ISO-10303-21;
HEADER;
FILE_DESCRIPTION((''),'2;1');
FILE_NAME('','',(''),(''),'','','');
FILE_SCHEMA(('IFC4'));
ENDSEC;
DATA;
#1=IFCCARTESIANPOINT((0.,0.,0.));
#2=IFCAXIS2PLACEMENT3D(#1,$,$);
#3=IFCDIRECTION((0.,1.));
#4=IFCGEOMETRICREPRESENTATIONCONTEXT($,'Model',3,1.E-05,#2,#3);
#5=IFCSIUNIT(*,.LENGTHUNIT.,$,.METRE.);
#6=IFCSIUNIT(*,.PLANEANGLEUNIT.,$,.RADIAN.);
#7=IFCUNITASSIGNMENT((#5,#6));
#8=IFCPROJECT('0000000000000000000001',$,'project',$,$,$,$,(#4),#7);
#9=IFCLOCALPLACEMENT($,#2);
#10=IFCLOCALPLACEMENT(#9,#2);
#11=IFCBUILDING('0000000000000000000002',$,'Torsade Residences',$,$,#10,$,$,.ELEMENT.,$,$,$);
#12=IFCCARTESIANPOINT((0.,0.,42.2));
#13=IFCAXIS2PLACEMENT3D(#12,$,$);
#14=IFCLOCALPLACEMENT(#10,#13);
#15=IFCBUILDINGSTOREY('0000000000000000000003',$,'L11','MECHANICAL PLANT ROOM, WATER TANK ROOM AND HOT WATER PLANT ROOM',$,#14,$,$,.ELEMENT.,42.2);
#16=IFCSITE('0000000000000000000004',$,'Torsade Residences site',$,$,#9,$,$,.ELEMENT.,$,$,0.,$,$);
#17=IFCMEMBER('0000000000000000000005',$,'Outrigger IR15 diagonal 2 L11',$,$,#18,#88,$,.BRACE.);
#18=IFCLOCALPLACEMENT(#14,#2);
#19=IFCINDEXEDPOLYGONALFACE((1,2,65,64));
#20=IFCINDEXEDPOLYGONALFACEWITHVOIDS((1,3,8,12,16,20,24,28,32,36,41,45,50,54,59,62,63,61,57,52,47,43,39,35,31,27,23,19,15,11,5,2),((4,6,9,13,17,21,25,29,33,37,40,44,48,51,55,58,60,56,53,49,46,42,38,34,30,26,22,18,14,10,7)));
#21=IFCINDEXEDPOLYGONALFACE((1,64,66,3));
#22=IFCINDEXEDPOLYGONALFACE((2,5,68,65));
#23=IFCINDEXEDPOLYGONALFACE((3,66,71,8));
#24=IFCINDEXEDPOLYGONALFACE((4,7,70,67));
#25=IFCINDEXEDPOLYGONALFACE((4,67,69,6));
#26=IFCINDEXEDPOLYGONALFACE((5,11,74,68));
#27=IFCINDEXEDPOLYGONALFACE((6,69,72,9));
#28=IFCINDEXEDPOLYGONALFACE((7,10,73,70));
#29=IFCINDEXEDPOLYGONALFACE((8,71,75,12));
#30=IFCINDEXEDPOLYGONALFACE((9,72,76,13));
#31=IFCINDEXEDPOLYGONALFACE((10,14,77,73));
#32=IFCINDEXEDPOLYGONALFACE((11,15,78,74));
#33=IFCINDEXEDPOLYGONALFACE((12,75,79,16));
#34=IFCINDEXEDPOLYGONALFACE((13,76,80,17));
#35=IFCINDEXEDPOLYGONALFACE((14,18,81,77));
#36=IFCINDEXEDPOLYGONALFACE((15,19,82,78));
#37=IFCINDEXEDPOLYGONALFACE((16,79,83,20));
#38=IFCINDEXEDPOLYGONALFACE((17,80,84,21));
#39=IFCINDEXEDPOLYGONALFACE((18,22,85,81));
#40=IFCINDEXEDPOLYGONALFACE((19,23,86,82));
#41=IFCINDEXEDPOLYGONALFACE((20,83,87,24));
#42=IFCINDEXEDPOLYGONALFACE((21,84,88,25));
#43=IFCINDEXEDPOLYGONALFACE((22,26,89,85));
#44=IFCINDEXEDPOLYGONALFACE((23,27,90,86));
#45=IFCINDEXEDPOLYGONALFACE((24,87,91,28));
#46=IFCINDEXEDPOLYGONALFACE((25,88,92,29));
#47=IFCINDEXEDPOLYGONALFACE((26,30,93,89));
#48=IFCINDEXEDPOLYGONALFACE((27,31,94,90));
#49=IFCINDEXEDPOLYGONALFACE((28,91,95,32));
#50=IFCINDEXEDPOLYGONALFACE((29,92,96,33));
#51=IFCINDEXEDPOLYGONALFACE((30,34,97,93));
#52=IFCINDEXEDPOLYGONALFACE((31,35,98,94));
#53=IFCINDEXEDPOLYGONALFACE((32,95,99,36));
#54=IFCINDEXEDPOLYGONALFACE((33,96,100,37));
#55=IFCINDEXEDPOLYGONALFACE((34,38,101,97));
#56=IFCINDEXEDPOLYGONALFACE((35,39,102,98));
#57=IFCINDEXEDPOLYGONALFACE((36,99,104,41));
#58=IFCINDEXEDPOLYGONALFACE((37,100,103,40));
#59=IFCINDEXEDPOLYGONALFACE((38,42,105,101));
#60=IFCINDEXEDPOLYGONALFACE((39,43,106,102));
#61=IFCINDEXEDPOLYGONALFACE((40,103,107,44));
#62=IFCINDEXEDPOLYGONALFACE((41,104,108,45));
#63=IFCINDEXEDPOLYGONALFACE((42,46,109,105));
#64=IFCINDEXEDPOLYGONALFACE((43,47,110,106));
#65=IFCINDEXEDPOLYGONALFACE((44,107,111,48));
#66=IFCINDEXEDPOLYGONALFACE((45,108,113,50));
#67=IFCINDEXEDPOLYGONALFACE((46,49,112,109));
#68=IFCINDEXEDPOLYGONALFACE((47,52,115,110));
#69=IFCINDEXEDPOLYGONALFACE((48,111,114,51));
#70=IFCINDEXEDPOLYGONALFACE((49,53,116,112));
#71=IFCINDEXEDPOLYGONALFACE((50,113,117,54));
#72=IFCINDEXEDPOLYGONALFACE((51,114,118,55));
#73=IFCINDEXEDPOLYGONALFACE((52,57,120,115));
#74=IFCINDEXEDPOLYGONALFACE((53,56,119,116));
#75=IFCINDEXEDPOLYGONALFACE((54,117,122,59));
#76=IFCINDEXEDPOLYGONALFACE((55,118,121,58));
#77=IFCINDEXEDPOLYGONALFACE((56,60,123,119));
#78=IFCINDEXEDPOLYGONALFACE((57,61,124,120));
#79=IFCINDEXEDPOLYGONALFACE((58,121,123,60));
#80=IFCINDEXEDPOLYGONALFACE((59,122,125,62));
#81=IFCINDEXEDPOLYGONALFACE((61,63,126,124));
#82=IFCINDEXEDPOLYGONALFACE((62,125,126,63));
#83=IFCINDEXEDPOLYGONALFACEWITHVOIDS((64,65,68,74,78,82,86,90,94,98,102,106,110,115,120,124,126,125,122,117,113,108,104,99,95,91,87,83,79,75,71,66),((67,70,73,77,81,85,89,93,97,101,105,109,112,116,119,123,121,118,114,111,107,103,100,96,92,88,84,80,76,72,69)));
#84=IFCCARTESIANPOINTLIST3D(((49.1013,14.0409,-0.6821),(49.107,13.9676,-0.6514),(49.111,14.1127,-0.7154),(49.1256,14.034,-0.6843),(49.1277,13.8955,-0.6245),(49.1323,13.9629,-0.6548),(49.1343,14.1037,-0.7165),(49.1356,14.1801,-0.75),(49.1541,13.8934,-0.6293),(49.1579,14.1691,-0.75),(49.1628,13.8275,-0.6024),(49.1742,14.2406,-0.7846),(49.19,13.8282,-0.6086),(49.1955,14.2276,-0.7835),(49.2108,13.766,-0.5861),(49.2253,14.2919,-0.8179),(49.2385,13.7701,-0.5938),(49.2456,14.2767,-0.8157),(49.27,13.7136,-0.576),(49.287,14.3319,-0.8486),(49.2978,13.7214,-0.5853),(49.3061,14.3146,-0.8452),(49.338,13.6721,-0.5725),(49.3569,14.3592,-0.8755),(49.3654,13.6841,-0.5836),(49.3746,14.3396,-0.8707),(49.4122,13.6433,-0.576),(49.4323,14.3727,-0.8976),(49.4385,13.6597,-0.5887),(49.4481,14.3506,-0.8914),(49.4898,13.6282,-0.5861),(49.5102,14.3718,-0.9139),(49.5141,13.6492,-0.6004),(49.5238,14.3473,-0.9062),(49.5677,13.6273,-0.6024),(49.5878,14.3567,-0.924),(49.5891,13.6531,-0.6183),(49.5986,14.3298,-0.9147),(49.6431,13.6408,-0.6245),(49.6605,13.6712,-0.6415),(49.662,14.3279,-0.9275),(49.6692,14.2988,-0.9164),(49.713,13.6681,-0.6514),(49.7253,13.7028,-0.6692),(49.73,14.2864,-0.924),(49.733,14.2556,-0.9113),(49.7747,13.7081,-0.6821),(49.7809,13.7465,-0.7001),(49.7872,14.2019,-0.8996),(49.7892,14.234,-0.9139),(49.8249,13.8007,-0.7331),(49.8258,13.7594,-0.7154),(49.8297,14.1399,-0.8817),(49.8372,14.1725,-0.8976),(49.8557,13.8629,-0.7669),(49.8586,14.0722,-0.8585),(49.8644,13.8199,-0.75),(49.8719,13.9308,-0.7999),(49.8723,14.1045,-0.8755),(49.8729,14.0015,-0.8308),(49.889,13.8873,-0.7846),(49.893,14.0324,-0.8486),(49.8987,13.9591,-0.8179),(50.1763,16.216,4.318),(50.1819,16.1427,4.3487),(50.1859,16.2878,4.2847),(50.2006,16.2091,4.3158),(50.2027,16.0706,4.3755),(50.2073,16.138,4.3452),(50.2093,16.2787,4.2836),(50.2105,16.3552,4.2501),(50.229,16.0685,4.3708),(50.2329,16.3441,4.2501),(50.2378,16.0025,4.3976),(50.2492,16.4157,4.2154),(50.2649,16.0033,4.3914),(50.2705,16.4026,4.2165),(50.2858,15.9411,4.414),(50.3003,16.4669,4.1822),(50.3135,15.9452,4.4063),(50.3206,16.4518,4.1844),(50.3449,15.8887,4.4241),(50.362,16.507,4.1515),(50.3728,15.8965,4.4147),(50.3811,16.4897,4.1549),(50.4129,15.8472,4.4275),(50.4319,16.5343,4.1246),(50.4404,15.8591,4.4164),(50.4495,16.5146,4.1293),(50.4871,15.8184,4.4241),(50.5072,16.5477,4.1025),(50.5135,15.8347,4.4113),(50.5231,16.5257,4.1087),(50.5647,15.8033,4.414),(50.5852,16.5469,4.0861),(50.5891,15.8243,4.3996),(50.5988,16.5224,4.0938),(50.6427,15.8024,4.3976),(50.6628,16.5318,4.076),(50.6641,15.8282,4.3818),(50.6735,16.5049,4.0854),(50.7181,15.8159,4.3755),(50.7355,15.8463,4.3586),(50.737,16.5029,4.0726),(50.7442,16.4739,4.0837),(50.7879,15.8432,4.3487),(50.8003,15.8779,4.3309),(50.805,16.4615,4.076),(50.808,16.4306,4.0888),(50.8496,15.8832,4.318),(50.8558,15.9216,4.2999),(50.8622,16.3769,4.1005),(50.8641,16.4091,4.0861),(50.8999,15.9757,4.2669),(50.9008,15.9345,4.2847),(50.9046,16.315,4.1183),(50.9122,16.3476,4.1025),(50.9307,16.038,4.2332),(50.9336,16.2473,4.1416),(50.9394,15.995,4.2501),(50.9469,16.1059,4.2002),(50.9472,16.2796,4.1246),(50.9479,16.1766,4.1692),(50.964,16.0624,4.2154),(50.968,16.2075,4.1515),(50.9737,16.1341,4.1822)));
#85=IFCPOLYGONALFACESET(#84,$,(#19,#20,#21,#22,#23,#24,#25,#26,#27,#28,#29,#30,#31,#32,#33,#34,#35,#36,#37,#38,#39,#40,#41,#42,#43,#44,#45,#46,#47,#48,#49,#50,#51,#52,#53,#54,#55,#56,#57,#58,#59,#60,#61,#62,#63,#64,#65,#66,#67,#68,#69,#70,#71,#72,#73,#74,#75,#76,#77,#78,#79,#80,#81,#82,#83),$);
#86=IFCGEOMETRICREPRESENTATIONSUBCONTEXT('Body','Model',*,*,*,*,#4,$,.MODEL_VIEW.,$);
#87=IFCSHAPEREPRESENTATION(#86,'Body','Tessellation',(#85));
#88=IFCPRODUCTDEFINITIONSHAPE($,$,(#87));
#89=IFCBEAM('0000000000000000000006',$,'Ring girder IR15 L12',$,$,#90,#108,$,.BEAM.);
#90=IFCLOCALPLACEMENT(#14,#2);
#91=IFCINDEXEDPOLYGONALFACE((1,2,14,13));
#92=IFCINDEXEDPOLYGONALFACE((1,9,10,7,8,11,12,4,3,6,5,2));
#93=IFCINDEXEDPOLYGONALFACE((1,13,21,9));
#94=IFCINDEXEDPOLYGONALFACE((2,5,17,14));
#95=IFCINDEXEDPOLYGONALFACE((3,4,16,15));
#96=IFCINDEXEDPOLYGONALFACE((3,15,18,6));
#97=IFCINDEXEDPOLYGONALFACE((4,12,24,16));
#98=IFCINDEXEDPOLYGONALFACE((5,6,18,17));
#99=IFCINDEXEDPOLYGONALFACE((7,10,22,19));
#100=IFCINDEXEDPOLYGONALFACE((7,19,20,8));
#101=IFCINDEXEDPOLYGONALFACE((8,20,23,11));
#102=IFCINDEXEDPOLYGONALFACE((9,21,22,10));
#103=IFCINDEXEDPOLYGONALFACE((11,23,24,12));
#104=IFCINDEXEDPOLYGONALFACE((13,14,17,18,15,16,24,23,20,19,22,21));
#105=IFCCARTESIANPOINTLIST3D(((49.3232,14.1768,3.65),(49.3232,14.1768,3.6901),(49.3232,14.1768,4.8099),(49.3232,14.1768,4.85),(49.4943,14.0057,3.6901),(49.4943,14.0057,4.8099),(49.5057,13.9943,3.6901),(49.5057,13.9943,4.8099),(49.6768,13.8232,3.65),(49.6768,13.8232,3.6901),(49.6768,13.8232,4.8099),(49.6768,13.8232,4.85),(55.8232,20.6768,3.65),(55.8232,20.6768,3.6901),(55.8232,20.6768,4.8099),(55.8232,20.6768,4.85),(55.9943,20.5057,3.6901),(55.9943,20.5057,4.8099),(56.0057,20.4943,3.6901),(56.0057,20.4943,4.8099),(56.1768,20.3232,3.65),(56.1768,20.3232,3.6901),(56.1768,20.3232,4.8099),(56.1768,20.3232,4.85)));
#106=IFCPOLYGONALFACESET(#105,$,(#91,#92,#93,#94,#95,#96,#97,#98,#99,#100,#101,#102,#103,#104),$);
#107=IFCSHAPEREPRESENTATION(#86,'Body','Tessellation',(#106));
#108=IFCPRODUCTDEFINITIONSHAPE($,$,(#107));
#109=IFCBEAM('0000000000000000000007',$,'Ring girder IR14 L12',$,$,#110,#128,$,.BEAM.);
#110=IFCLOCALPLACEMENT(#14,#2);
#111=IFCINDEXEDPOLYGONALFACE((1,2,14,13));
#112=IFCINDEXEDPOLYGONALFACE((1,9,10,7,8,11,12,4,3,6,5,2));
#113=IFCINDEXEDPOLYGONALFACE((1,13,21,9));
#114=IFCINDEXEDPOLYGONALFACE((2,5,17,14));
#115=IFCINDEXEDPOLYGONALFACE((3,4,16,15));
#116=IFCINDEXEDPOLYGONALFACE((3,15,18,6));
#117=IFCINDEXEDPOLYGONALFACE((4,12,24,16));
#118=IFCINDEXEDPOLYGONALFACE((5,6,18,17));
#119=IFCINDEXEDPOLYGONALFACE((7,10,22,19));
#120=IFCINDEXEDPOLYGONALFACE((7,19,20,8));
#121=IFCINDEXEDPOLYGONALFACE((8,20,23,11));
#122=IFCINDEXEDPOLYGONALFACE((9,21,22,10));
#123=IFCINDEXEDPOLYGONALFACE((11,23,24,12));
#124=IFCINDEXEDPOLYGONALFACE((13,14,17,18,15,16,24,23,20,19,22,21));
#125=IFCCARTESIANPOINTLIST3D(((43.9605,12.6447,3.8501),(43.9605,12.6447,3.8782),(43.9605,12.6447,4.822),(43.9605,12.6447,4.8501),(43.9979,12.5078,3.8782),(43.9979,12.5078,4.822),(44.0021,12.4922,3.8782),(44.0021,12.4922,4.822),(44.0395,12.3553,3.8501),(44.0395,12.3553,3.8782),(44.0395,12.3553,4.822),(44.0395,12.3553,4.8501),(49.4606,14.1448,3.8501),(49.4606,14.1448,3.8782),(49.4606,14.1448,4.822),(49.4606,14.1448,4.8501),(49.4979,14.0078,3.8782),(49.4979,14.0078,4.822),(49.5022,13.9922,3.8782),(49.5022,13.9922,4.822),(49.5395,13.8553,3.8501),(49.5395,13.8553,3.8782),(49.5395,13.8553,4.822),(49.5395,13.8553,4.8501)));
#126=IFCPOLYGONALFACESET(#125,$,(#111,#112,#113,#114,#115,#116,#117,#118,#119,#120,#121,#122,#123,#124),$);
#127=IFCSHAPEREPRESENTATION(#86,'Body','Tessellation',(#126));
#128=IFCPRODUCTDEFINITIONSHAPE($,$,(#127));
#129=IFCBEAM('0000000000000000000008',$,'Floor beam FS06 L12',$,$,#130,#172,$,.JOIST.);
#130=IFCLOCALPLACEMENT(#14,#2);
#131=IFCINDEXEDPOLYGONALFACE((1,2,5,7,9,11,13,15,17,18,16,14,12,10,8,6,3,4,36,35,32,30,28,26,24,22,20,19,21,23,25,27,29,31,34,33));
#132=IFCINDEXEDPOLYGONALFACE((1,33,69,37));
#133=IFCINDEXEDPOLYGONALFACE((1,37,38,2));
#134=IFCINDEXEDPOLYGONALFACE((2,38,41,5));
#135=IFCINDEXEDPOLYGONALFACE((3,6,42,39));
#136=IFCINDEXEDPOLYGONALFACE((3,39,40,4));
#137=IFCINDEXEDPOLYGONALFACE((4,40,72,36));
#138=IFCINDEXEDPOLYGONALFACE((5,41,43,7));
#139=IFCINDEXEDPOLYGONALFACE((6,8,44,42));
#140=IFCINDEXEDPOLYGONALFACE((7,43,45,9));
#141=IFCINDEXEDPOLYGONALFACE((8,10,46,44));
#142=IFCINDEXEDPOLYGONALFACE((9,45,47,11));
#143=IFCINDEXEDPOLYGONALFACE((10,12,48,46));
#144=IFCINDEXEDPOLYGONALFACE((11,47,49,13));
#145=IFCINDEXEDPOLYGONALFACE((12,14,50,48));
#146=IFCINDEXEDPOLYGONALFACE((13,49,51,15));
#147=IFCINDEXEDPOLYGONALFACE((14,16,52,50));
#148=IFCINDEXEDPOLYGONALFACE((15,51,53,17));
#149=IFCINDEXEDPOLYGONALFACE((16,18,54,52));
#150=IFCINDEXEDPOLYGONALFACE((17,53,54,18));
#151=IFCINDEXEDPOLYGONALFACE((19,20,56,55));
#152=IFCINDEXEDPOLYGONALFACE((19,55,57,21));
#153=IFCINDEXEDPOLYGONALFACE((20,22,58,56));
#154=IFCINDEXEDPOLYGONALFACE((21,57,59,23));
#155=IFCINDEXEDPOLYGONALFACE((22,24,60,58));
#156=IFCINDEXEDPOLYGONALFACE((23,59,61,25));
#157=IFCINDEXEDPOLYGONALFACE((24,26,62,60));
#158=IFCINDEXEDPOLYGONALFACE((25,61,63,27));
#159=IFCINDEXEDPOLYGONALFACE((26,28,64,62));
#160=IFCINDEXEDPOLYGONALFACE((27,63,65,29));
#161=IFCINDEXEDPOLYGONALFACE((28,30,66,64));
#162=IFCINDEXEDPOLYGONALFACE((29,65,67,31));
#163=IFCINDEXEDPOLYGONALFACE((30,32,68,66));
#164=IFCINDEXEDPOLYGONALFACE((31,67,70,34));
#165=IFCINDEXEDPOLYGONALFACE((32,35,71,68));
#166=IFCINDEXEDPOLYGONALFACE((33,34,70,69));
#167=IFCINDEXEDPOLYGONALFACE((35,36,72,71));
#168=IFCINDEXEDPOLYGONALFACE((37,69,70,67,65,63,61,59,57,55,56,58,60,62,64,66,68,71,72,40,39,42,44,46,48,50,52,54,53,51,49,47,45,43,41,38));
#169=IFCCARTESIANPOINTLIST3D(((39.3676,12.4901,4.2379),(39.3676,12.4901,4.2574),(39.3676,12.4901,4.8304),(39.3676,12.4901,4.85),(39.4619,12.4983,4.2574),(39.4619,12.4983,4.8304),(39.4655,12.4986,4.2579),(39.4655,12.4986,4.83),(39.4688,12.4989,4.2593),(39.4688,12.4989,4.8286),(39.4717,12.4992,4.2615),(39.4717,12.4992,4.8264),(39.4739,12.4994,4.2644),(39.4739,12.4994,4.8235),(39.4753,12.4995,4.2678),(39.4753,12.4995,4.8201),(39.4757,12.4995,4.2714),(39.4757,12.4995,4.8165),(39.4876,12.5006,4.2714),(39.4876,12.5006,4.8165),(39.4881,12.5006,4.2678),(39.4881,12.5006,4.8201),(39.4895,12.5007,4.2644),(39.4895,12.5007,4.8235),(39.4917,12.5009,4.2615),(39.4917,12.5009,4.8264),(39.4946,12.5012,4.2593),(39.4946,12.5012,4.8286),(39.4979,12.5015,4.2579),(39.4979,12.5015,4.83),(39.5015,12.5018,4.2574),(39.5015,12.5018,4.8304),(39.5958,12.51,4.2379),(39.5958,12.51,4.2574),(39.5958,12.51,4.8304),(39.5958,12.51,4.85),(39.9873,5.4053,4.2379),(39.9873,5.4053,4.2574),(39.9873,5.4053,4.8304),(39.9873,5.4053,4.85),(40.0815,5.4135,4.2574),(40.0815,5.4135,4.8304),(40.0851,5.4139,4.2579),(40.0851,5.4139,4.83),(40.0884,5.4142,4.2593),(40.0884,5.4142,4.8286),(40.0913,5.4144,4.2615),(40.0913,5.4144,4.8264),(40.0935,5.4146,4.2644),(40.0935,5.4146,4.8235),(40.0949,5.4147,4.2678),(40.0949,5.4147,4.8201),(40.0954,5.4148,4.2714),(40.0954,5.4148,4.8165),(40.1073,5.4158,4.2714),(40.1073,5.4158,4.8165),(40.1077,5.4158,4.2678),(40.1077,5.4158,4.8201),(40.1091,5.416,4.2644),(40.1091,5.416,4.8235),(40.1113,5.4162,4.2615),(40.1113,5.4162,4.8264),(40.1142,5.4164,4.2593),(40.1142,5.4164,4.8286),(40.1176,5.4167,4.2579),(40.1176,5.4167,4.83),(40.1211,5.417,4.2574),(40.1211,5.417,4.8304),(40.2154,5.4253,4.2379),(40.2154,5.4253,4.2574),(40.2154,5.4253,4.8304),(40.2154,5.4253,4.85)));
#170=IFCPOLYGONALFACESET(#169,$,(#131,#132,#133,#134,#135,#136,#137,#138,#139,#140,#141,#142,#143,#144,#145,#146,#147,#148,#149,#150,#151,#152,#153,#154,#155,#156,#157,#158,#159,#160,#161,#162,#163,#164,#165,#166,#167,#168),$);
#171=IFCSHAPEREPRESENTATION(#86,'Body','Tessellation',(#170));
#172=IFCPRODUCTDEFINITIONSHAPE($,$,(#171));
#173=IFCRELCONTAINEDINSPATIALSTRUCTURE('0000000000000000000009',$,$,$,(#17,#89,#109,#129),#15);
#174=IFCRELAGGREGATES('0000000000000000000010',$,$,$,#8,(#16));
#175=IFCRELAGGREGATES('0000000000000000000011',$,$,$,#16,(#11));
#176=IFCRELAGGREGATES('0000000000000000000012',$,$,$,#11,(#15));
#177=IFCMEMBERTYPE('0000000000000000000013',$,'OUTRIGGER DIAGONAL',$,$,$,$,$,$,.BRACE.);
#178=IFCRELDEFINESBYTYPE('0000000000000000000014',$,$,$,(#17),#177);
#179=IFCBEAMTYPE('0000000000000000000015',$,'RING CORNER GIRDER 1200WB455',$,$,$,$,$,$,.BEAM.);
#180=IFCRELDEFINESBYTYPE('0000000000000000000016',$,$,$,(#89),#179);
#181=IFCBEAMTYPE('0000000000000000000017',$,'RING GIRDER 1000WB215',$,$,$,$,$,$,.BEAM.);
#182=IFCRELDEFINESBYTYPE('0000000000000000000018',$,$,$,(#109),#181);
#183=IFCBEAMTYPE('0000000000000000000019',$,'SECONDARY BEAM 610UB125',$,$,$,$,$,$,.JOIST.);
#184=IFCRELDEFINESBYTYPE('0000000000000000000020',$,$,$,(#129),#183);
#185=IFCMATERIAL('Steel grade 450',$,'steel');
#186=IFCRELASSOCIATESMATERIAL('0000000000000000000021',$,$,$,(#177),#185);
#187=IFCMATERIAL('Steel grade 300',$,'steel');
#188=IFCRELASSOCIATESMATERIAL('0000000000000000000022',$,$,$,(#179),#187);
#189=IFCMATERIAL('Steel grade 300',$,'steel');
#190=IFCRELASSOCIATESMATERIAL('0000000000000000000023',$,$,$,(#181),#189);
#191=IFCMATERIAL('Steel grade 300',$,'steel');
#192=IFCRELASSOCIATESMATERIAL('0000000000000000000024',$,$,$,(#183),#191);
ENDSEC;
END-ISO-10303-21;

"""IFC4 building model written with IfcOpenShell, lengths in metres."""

from ifc_helpers import new_model, si_unit, direction, frame, origin, origin_2d, place, context, subcontext, project, spatial, hollow_circle, i_section, extrude, material, material_profile, profile_set, type_object, element, save


model = new_model("IFC4")

# Units and contexts
model_context = context("Model", 3, precision=1e-05, world=origin(), true_north=direction((0.0, 1.0)))
body_context = subcontext(model_context, "Body", "Model", "MODEL_VIEW")
ifc_project = project(units=[si_unit("LENGTHUNIT", "METRE"), si_unit("PLANEANGLEUNIT", "RADIAN")], contexts=[model_context])

# Site, building, storey
site_placement = place(None, origin())
site = spatial("IfcSite", under=ifc_project, at=site_placement, Name="Torsade Residences site", CompositionType="ELEMENT", RefElevation=0.0)
building_placement = place(site_placement, origin())
building = spatial("IfcBuilding", under=site, at=building_placement, Name="Torsade Residences", CompositionType="ELEMENT")
storey_placement = place(building_placement, frame((0.0, 0.0, 42.2)))
storey = spatial("IfcBuildingStorey", under=building, at=storey_placement, Name="L11", Description="MECHANICAL PLANT ROOM, WATER TANK ROOM AND HOT WATER PLANT ROOM", CompositionType="ELEMENT", Elevation=42.2)

# Member
ifc_material_1 = material(Name="Steel grade 450", Category="steel")
ifc_material_profile_1 = material_profile(ifc_material_1, hollow_circle(Radius=0.4065, WallThickness=0.0249, at=origin_2d()), Name="813.0x25.0CHS")
ifc_profile_set_1 = profile_set([ifc_material_profile_1], Name="Steel grade 450")
member_type_1 = type_object("IfcMemberType", Name="OUTRIGGER DIAGONAL", PredefinedType="BRACE", material=ifc_profile_set_1)
member_1_placement = place(storey_placement, frame((49.5, 14.0, -0.75), z_axis=(0.193422, 0.391368, 0.899677), x_axis=(-0.896491, 0.443063, 0.0)))
element("IfcMember", 1, at=member_1_placement, inside=storey, type_object=member_type_1, Name="Outrigger IR15 diagonal 2 L11", PredefinedType="BRACE", context=body_context, shape_type="SweptSolid", body=[
    extrude(hollow_circle(Radius=0.4065, WallThickness=0.0249, at=origin_2d()), origin(), (0.0, 0.0, 1.0), 5.5576),
])

# Beams
ifc_material_2 = material(Name="Steel grade 300", Category="steel")
ifc_material_profile_2 = material_profile(ifc_material_2, i_section(OverallWidth=0.5, OverallDepth=1.2, WebThickness=0.0161, FlangeThickness=0.04, at=origin_2d()), Name="1200WB455")
ifc_profile_set_2 = profile_set([ifc_material_profile_2], Name="Steel grade 300")
beam_type_1 = type_object("IfcBeamType", Name="RING CORNER GIRDER 1200WB455", PredefinedType="BEAM", material=ifc_profile_set_2)
beam_1_placement = place(storey_placement, frame((49.5, 14.0, 4.25), z_axis=(0.707107, 0.707107, 0.0), x_axis=(-0.707107, 0.707107, 0.0)))
element("IfcBeam", 2, at=beam_1_placement, inside=storey, type_object=beam_type_1, Name="Ring girder IR15 L12", PredefinedType="BEAM", context=body_context, shape_type="SweptSolid", body=[
    extrude(i_section(OverallWidth=0.5, OverallDepth=1.2, WebThickness=0.0161, FlangeThickness=0.04, at=origin_2d()), origin(), (0.0, 0.0, 1.0), 9.1924),
])
ifc_material_3 = material(Name="Steel grade 300", Category="steel")
ifc_material_profile_3 = material_profile(ifc_material_3, i_section(OverallWidth=0.3, OverallDepth=1.0, WebThickness=0.0161, FlangeThickness=0.0281, at=origin_2d()), Name="1000WB215")
ifc_profile_set_3 = profile_set([ifc_material_profile_3], Name="Steel grade 300")
beam_type_2 = type_object("IfcBeamType", Name="RING GIRDER 1000WB215", PredefinedType="BEAM", material=ifc_profile_set_3)
beam_2_placement = place(storey_placement, frame((44.0, 12.5, 4.3501), z_axis=(0.964764, 0.263117, 0.0), x_axis=(-0.263117, 0.964764, 0.0)))
element("IfcBeam", 3, at=beam_2_placement, inside=storey, type_object=beam_type_2, Name="Ring girder IR14 L12", PredefinedType="BEAM", context=body_context, shape_type="SweptSolid", body=[
    extrude(i_section(OverallWidth=0.3, OverallDepth=1.0, WebThickness=0.0161, FlangeThickness=0.0281, at=origin_2d()), origin(), (0.0, 0.0, 1.0), 5.7009),
])
ifc_material_4 = material(Name="Steel grade 300", Category="steel")
ifc_material_profile_4 = material_profile(ifc_material_4, i_section(OverallWidth=0.229, OverallDepth=0.6121, WebThickness=0.012, FlangeThickness=0.0195, FilletRadius=0.0139, at=origin_2d()), Name="610UB125")
ifc_profile_set_4 = profile_set([ifc_material_profile_4], Name="Steel grade 300")
beam_type_3 = type_object("IfcBeamType", Name="SECONDARY BEAM 610UB125", PredefinedType="JOIST", material=ifc_profile_set_4)
beam_3_placement = place(storey_placement, frame((40.1013, 5.4153, 4.5439), z_axis=(-0.087127, 0.996197, 0.0), x_axis=(-0.996197, -0.087127, 0.0)))
element("IfcBeam", 4, at=beam_3_placement, inside=storey, type_object=beam_type_3, Name="Floor beam FS06 L12", PredefinedType="JOIST", context=body_context, shape_type="SweptSolid", body=[
    extrude(i_section(OverallWidth=0.229, OverallDepth=0.6121, WebThickness=0.012, FlangeThickness=0.0195, FilletRadius=0.0139, at=origin_2d()), origin(), (0.0, 0.0, 1.0), 7.1118),
])

save(model, "model.ifc")
